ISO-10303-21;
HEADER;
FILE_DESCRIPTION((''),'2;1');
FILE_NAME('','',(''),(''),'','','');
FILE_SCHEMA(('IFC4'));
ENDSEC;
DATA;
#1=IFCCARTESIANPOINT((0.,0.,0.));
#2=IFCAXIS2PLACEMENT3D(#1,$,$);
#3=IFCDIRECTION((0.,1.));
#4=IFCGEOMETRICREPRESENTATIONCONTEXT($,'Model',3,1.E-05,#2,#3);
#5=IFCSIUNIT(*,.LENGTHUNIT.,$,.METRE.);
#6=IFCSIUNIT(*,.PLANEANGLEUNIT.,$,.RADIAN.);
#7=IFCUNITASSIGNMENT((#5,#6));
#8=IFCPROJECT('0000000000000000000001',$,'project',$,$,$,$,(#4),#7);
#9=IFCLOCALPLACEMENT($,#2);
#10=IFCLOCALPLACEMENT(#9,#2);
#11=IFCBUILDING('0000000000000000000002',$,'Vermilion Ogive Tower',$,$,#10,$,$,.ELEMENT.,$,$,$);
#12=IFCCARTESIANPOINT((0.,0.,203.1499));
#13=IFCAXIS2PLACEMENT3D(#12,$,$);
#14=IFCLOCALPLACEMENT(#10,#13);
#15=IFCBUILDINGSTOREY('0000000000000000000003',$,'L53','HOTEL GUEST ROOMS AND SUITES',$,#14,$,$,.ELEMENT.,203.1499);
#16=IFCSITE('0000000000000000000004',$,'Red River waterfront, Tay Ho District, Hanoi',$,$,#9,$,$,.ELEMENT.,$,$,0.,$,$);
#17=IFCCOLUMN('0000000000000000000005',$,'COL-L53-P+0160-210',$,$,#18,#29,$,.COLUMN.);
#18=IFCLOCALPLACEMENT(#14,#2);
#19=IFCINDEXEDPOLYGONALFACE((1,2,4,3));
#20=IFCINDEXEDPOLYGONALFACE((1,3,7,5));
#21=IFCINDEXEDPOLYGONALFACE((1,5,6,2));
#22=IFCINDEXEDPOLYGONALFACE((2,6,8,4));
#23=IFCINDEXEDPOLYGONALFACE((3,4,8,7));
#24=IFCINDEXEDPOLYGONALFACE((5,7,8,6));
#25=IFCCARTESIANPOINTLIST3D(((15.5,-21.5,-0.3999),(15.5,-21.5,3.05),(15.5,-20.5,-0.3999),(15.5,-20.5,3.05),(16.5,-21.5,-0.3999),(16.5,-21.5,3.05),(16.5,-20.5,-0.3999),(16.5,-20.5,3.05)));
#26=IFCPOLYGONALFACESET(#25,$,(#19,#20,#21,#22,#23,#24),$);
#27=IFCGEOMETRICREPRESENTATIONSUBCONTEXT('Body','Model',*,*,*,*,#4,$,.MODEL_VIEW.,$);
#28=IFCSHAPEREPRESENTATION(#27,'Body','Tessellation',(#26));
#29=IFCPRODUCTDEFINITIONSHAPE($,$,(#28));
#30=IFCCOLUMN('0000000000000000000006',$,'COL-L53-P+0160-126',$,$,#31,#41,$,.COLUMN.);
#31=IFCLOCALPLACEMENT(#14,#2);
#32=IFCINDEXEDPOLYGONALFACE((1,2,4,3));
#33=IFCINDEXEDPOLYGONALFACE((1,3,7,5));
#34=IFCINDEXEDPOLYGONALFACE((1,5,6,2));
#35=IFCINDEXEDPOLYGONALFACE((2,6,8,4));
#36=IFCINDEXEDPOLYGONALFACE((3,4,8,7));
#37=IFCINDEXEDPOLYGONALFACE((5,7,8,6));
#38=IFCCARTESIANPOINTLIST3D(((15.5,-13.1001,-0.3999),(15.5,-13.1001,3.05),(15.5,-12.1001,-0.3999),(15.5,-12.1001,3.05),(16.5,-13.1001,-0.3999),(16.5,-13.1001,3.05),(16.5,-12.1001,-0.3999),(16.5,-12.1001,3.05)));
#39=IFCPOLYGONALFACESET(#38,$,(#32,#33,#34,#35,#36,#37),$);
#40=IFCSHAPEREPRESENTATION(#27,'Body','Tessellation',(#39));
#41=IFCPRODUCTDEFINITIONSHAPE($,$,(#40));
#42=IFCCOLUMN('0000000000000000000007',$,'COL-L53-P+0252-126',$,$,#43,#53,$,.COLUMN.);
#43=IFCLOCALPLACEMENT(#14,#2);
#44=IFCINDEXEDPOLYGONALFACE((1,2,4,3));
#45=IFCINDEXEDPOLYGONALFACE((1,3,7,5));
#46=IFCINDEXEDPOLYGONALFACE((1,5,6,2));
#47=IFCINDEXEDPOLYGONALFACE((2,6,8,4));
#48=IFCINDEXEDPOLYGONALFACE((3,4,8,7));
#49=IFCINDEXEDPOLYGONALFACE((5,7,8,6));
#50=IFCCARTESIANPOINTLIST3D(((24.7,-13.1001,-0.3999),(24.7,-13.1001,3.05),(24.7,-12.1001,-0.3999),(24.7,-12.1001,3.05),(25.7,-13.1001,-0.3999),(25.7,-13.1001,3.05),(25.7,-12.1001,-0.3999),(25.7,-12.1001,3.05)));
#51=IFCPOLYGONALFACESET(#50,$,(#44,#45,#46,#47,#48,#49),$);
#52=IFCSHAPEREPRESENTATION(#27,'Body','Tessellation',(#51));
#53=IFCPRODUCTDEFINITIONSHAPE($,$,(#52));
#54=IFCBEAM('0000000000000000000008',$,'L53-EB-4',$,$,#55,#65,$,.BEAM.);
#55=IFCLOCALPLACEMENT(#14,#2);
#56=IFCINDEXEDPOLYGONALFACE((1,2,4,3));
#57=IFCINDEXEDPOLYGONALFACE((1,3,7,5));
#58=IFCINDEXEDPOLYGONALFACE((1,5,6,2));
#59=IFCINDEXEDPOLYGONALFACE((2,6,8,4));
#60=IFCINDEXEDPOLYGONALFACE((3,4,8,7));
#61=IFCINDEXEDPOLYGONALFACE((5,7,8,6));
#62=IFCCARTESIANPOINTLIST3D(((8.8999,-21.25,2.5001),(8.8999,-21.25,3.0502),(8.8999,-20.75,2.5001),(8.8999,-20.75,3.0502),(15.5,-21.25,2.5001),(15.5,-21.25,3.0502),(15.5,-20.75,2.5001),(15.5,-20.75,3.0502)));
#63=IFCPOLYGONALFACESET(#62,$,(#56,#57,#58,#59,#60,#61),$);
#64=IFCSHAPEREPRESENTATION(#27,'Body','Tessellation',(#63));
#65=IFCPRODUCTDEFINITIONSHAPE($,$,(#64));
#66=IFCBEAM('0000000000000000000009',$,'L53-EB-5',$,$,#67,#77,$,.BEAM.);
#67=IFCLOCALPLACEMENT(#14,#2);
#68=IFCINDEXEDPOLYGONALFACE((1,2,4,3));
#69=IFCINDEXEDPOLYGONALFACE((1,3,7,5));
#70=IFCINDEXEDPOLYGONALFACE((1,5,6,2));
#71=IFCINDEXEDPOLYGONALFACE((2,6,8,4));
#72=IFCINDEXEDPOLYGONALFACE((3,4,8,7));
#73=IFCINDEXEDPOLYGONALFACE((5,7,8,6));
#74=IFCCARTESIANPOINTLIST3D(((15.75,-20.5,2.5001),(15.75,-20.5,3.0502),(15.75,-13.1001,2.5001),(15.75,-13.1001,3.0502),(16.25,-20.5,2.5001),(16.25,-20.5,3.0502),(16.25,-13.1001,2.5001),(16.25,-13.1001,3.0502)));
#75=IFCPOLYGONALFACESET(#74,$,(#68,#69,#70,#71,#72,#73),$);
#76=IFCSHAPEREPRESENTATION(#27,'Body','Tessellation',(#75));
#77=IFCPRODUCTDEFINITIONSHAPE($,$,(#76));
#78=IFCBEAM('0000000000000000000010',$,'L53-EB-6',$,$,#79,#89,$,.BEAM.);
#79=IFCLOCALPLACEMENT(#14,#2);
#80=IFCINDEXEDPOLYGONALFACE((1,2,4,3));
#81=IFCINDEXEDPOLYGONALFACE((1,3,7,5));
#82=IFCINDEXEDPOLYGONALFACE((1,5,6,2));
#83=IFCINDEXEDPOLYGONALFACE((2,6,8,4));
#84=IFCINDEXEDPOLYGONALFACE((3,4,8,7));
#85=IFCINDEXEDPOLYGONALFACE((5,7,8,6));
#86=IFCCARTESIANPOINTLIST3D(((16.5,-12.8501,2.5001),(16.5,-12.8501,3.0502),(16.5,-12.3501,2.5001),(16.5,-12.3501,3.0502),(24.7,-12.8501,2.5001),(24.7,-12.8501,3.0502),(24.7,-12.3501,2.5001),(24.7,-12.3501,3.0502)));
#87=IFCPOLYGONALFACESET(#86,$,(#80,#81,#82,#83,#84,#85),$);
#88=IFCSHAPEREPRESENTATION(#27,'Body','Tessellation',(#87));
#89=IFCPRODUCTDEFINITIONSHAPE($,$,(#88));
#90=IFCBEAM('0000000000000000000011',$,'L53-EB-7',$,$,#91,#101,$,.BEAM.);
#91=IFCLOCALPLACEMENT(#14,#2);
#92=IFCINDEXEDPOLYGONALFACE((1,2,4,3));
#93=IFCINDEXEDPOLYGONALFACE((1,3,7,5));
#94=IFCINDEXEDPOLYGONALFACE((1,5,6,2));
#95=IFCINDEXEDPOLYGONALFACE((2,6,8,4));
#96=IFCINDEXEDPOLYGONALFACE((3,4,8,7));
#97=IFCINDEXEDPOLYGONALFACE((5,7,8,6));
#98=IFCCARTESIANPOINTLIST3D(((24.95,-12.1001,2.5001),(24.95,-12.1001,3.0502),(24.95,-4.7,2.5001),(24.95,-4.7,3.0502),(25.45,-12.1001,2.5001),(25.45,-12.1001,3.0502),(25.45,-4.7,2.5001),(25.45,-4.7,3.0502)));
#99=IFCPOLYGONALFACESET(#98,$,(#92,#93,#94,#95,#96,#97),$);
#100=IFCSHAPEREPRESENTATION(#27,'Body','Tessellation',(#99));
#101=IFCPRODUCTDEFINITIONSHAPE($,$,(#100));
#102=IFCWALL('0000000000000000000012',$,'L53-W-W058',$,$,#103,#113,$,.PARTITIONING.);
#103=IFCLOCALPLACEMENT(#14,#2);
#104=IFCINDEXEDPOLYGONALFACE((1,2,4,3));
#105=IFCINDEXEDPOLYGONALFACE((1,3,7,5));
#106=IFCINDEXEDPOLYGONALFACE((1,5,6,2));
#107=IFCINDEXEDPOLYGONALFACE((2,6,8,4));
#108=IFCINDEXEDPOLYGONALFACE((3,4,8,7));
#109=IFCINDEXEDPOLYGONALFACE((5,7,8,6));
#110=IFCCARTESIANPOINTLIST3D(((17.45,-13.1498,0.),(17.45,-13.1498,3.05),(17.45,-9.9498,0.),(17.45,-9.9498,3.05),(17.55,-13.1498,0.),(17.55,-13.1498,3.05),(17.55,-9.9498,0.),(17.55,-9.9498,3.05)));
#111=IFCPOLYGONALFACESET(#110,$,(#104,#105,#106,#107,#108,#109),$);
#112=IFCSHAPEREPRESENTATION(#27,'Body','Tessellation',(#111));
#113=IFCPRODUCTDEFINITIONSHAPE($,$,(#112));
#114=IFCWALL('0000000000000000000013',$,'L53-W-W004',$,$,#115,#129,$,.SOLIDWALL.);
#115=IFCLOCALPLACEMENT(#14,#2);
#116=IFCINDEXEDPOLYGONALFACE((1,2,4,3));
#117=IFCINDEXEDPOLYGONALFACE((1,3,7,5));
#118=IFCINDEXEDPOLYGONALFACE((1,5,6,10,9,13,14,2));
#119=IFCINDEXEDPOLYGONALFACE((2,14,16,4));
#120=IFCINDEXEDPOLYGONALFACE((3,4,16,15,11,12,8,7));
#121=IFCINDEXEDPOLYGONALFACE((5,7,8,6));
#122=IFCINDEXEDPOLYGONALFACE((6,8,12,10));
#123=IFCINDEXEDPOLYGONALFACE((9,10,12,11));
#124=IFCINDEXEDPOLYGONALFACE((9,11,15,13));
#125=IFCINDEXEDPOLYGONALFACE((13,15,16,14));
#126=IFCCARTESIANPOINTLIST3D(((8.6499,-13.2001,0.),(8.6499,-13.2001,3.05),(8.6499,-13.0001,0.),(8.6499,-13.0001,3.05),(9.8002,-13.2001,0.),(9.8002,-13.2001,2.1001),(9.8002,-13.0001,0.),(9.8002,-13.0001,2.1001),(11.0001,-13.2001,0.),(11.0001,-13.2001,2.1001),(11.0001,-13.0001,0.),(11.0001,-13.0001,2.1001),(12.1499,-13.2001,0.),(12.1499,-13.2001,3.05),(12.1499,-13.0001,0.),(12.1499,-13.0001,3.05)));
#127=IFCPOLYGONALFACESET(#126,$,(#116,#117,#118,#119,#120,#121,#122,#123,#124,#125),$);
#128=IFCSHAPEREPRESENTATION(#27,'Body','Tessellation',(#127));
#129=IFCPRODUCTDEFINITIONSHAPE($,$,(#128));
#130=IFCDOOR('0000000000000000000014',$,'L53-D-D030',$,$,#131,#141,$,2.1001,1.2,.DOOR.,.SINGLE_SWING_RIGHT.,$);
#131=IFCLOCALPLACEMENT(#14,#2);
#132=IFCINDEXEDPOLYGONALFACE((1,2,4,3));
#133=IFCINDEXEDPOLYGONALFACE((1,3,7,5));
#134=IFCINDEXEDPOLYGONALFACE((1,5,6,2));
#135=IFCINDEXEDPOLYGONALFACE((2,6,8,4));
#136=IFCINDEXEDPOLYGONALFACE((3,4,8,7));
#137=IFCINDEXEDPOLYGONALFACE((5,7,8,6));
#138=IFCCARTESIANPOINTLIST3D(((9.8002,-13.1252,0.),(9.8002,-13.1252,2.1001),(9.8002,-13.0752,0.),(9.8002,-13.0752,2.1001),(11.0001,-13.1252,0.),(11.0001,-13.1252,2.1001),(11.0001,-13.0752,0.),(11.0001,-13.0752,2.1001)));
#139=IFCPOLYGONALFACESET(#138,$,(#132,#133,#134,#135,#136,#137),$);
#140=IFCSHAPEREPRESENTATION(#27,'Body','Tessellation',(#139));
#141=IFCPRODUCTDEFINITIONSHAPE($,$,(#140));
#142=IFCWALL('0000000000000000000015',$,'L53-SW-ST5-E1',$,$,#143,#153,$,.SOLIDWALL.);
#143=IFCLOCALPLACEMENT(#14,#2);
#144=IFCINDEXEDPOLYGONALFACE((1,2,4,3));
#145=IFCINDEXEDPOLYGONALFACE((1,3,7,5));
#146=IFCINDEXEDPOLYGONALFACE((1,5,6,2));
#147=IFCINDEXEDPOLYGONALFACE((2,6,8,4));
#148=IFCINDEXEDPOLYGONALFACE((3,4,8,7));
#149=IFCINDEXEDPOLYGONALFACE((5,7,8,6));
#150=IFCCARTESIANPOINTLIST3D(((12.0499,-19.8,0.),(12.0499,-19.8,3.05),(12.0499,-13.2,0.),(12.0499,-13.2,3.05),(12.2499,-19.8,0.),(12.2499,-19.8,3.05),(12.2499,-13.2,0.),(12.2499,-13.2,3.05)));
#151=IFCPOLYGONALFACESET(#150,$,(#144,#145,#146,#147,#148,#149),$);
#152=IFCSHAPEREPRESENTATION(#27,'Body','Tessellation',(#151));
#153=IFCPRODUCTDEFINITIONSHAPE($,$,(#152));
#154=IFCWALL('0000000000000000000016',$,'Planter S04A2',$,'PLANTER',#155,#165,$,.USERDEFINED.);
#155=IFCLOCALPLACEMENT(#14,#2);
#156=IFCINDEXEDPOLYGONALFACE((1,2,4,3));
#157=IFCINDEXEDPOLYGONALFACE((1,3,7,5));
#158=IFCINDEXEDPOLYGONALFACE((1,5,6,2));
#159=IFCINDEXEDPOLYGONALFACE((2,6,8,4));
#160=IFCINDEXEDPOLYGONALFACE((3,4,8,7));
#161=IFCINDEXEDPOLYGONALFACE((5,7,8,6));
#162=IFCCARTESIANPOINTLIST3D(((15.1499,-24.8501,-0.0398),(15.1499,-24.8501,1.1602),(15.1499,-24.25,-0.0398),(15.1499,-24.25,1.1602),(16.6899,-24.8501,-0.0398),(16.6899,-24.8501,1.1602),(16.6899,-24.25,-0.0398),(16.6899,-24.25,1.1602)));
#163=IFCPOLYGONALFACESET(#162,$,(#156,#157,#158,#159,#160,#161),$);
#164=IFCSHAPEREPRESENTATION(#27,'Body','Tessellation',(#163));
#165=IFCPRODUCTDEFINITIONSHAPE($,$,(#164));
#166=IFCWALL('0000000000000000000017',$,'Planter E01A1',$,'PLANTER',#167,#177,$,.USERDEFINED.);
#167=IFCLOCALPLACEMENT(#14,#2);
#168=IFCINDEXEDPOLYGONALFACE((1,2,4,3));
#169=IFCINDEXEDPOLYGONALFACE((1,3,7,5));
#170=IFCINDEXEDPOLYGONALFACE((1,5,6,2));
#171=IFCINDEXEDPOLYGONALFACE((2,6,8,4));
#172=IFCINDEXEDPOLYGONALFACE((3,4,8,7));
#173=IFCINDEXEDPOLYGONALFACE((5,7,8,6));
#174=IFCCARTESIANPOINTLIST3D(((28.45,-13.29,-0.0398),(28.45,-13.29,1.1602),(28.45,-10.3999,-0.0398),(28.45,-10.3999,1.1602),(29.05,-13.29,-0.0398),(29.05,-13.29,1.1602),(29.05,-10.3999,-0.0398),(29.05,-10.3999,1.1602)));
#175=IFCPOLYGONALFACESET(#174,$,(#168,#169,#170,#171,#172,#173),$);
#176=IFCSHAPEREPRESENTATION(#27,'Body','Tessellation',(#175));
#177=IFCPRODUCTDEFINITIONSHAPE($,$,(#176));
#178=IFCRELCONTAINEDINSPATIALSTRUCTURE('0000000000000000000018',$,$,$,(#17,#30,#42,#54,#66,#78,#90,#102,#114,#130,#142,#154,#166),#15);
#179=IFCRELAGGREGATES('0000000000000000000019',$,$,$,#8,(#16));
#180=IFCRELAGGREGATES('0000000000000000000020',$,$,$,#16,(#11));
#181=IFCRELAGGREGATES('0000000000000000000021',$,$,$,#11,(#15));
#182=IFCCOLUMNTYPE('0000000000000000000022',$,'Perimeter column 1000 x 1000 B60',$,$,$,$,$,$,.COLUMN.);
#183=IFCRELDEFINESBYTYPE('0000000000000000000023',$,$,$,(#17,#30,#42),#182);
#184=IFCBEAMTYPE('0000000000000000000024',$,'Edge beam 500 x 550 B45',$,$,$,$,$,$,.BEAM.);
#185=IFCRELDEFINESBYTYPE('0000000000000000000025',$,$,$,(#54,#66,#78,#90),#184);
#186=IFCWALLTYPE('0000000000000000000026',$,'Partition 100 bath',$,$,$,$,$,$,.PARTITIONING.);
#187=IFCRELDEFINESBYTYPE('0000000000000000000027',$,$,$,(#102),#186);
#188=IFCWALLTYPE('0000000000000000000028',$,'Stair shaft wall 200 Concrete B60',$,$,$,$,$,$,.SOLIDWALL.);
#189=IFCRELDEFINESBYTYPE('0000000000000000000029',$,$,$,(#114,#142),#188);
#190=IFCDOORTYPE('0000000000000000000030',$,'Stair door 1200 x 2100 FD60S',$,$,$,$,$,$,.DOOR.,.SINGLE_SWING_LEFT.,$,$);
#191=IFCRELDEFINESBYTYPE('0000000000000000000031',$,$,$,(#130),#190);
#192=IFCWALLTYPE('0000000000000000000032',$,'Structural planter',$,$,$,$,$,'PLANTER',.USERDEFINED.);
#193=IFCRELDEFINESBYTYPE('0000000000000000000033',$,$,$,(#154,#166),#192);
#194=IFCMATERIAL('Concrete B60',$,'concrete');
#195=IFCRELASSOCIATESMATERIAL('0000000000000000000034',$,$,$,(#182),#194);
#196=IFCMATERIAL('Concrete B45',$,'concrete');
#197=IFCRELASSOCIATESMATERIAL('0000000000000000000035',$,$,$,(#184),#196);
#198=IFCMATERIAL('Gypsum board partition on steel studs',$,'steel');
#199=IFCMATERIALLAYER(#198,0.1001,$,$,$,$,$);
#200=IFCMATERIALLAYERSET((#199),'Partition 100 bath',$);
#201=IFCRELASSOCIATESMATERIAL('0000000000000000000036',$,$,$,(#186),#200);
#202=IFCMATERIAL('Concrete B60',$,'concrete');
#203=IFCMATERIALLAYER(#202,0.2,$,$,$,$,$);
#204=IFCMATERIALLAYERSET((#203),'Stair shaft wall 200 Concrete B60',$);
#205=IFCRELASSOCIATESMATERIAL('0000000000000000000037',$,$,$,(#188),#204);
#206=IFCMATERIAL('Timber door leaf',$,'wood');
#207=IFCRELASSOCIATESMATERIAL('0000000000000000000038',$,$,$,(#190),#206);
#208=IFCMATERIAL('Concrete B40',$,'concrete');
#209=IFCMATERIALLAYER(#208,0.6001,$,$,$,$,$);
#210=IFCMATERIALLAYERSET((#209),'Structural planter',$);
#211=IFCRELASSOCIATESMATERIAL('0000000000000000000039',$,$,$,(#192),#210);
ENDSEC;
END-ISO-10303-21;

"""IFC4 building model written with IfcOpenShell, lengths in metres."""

from ifc_helpers import new_model, si_unit, direction, frame, frame_2d, origin, origin_2d, place, context, subcontext, project, spatial, rectangle, extrude, material, layer, layer_set, material_profile, profile_set, type_object, element, fill, save


model = new_model("IFC4")

# Units and contexts
model_context = context("Model", 3, precision=1e-05, world=origin(), true_north=direction((0.0, 1.0)))
body_context = subcontext(model_context, "Body", "Model", "MODEL_VIEW")
ifc_project = project(units=[si_unit("LENGTHUNIT", "METRE"), si_unit("PLANEANGLEUNIT", "RADIAN")], contexts=[model_context])

# Site, building, storey
site_placement = place(None, origin())
site = spatial("IfcSite", under=ifc_project, at=site_placement, Name="Red River waterfront, Tay Ho District, Hanoi", CompositionType="ELEMENT", RefElevation=0.0)
building_placement = place(site_placement, origin())
building = spatial("IfcBuilding", under=site, at=building_placement, Name="Vermilion Ogive Tower", CompositionType="ELEMENT")
storey_placement = place(building_placement, frame((0.0, 0.0, 203.1499)))
storey = spatial("IfcBuildingStorey", under=building, at=storey_placement, Name="L53", Description="HOTEL GUEST ROOMS AND SUITES", CompositionType="ELEMENT", Elevation=203.1499)

# Columns
ifc_material_1 = material(Name="Concrete B60", Category="concrete")
ifc_material_profile_1 = material_profile(ifc_material_1, rectangle(XDim=1.0, YDim=1.0, at=origin_2d()), Name="1000 x 1000")
ifc_profile_set_1 = profile_set([ifc_material_profile_1], Name="Concrete B60")
column_type = type_object("IfcColumnType", Name="Perimeter column 1000 x 1000 B60", PredefinedType="COLUMN", material=ifc_profile_set_1)
for number, where, z_axis, x_axis, name in (
    (1, (16.0, -21.0, -0.3999), (0.0, 0.0, 1.0), (1.0, 0.0, 0.0), "COL-L53-P+0160-210"),
    (2, (16.0, -12.6001, -0.3999), (0.0, 0.0, 1.0), (1.0, 0.0, 0.0), "COL-L53-P+0160-126"),
    (3, (25.2, -12.6001, -0.3999), (0.0, 0.0, 1.0), (1.0, 0.0, 0.0), "COL-L53-P+0252-126"),
):
    element("IfcColumn", number, at=place(storey_placement, frame(where, z_axis=z_axis, x_axis=x_axis)), inside=storey, type_object=column_type, Name=name, PredefinedType="COLUMN", context=body_context, shape_type="SweptSolid", body=[
        extrude(rectangle(XDim=1.0, YDim=1.0, at=origin_2d()), origin(), (0.0, 0.0, 1.0), 3.45),
    ])

# Beams
ifc_material_2 = material(Name="Concrete B45", Category="concrete")
ifc_material_profile_2 = material_profile(ifc_material_2, rectangle(XDim=0.5, YDim=0.55, at=origin_2d()), Name="500 x 550")
ifc_profile_set_2 = profile_set([ifc_material_profile_2], Name="Concrete B45")
beam_type = type_object("IfcBeamType", Name="Edge beam 500 x 550 B45", PredefinedType="BEAM", material=ifc_profile_set_2)
beam_1_placement = place(storey_placement, frame((8.8999, -21.0, 2.7751), z_axis=(1.0, 0.0, 0.0), x_axis=(0.0, 1.0, 0.0)))
element("IfcBeam", 4, at=beam_1_placement, inside=storey, type_object=beam_type, Name="L53-EB-4", PredefinedType="BEAM", context=body_context, shape_type="SweptSolid", body=[
    extrude(rectangle(XDim=0.5, YDim=0.55, at=origin_2d()), origin(), (0.0, 0.0, 1.0), 6.6001),
])
beam_2_placement = place(storey_placement, frame((16.0, -20.5, 2.7751), z_axis=(0.0, 1.0, 0.0), x_axis=(-1.0, 0.0, 0.0)))
element("IfcBeam", 5, at=beam_2_placement, inside=storey, type_object=beam_type, Name="L53-EB-5", PredefinedType="BEAM", context=body_context, shape_type="SweptSolid", body=[
    extrude(rectangle(XDim=0.5, YDim=0.55, at=origin_2d()), origin(), (0.0, 0.0, 1.0), 7.3999),
])
beam_3_placement = place(storey_placement, frame((16.5, -12.6001, 2.7751), z_axis=(1.0, 0.0, 0.0), x_axis=(0.0, 1.0, 0.0)))
element("IfcBeam", 6, at=beam_3_placement, inside=storey, type_object=beam_type, Name="L53-EB-6", PredefinedType="BEAM", context=body_context, shape_type="SweptSolid", body=[
    extrude(rectangle(XDim=0.5, YDim=0.55, at=origin_2d()), origin(), (0.0, 0.0, 1.0), 8.2),
])
beam_4_placement = place(storey_placement, frame((25.2, -12.1001, 2.7751), z_axis=(0.0, 1.0, 0.0), x_axis=(-1.0, 0.0, 0.0)))
element("IfcBeam", 7, at=beam_4_placement, inside=storey, type_object=beam_type, Name="L53-EB-7", PredefinedType="BEAM", context=body_context, shape_type="SweptSolid", body=[
    extrude(rectangle(XDim=0.5, YDim=0.55, at=origin_2d()), origin(), (0.0, 0.0, 1.0), 7.4001),
])

# Wall
ifc_material_3 = material(Name="Gypsum board partition on steel studs", Category="steel")
ifc_layer_1 = layer(ifc_material_3, 0.1001)
ifc_layer_set_1 = layer_set([ifc_layer_1], Name="Partition 100 bath")
wall_type_1 = type_object("IfcWallType", Name="Partition 100 bath", PredefinedType="PARTITIONING", material=ifc_layer_set_1)
wall_1_placement = place(storey_placement, frame((17.5, -13.1499, 0.0), z_axis=(0.0, 0.0, 1.0), x_axis=(0.0, 1.0, 0.0)))
element("IfcWall", 8, at=wall_1_placement, inside=storey, type_object=wall_type_1, Name="L53-W-W058", PredefinedType="PARTITIONING", context=body_context, shape_type="SweptSolid", body=[
    extrude(rectangle(XDim=3.2, YDim=0.1001, at=frame_2d((1.6001, 0.0))), origin(), (0.0, 0.0, 1.0), 3.05),
])

# Wall, opening, door
ifc_material_4 = material(Name="Concrete B60", Category="concrete")
ifc_layer_2 = layer(ifc_material_4, 0.2)
ifc_layer_set_2 = layer_set([ifc_layer_2], Name="Stair shaft wall 200 Concrete B60")
wall_type_2 = type_object("IfcWallType", Name="Stair shaft wall 200 Concrete B60", PredefinedType="SOLIDWALL", material=ifc_layer_set_2)
wall_2_placement = place(storey_placement, frame((8.6499, -13.1001, 0.0), z_axis=(0.0, 0.0, 1.0), x_axis=(1.0, 0.0, 0.0)))
wall_2 = element("IfcWall", 9, at=wall_2_placement, inside=storey, type_object=wall_type_2, Name="L53-W-W004", PredefinedType="SOLIDWALL", context=body_context, shape_type="SweptSolid", body=[
    extrude(rectangle(XDim=3.5, YDim=0.2, at=frame_2d((1.75, 0.0))), origin(), (0.0, 0.0, 1.0), 3.05),
])
opening_1_placement = place(wall_2_placement, frame((1.1501, 0.0, 0.0)))
opening_1 = element("IfcOpeningElement", 10, at=opening_1_placement, cuts=wall_2, PredefinedType="OPENING", context=body_context, shape_type="SweptSolid", body=[
    extrude(rectangle(XDim=1.2, YDim=2.1001, at=frame_2d((0.6001, 1.05))), frame((0.0, 0.1099, 0.0), z_axis=(0.0, -1.0, 0.0), x_axis=(1.0, 0.0, 0.0)), (0.0, 0.0, 1.0), 0.22),
])
ifc_material_5 = material(Name="Timber door leaf", Category="wood")
door_type_1 = type_object("IfcDoorType", Name="Stair door 1200 x 2100 FD60S", OperationType="SINGLE_SWING_LEFT", PredefinedType="DOOR", material=ifc_material_5)
door_1_placement = place(opening_1_placement, origin())
door_1 = element("IfcDoor", 11, at=door_1_placement, inside=storey, type_object=door_type_1, Name="L53-D-D030", OperationType="SINGLE_SWING_RIGHT", OverallHeight=2.1001, OverallWidth=1.2, PredefinedType="DOOR", context=body_context, shape_type="SweptSolid", body=[
    extrude(rectangle(XDim=1.2, YDim=2.1001, at=frame_2d((0.6001, 1.05))), frame((0.0, 0.0249, 0.0), z_axis=(0.0, -1.0, 0.0), x_axis=(1.0, 0.0, 0.0)), (0.0, 0.0, 1.0), 0.05),
])
fill(opening_1, door_1)

# Walls
wall_3_placement = place(storey_placement, frame((12.1499, -19.8, 0.0), z_axis=(0.0, 0.0, 1.0), x_axis=(0.0, 1.0, 0.0)))
element("IfcWall", 12, at=wall_3_placement, inside=storey, type_object=wall_type_2, Name="L53-SW-ST5-E1", PredefinedType="SOLIDWALL", context=body_context, shape_type="SweptSolid", body=[
    extrude(rectangle(XDim=6.6001, YDim=0.2, at=frame_2d((3.3, 0.0))), origin(), (0.0, 0.0, 1.0), 3.05),
])
ifc_material_6 = material(Name="Concrete B40", Category="concrete")
ifc_layer_3 = layer(ifc_material_6, 0.6001)
ifc_layer_set_3 = layer_set([ifc_layer_3], Name="Structural planter")
wall_type_3 = type_object("IfcWallType", Name="Structural planter", ElementType="PLANTER", PredefinedType="USERDEFINED", material=ifc_layer_set_3)
wall_4_placement = place(storey_placement, frame((15.1499, -24.55, -0.0398), z_axis=(0.0, 0.0, 1.0), x_axis=(1.0, 0.0, 0.0)))
element("IfcWall", 13, at=wall_4_placement, inside=storey, type_object=wall_type_3, Name="Planter S04A2", ObjectType="PLANTER", PredefinedType="USERDEFINED", context=body_context, shape_type="SweptSolid", body=[
    extrude(rectangle(XDim=1.54, YDim=0.6001, at=frame_2d((0.77, 0.0))), origin(), (0.0, 0.0, 1.0), 1.2),
])
wall_5_placement = place(storey_placement, frame((28.75, -13.29, -0.0398), z_axis=(0.0, 0.0, 1.0), x_axis=(0.0, 1.0, 0.0)))
element("IfcWall", 14, at=wall_5_placement, inside=storey, type_object=wall_type_3, Name="Planter E01A1", ObjectType="PLANTER", PredefinedType="USERDEFINED", context=body_context, shape_type="SweptSolid", body=[
    extrude(rectangle(XDim=2.8901, YDim=0.6001, at=frame_2d((1.4451, 0.0))), origin(), (0.0, 0.0, 1.0), 1.2),
])

save(model, "model.ifc")
